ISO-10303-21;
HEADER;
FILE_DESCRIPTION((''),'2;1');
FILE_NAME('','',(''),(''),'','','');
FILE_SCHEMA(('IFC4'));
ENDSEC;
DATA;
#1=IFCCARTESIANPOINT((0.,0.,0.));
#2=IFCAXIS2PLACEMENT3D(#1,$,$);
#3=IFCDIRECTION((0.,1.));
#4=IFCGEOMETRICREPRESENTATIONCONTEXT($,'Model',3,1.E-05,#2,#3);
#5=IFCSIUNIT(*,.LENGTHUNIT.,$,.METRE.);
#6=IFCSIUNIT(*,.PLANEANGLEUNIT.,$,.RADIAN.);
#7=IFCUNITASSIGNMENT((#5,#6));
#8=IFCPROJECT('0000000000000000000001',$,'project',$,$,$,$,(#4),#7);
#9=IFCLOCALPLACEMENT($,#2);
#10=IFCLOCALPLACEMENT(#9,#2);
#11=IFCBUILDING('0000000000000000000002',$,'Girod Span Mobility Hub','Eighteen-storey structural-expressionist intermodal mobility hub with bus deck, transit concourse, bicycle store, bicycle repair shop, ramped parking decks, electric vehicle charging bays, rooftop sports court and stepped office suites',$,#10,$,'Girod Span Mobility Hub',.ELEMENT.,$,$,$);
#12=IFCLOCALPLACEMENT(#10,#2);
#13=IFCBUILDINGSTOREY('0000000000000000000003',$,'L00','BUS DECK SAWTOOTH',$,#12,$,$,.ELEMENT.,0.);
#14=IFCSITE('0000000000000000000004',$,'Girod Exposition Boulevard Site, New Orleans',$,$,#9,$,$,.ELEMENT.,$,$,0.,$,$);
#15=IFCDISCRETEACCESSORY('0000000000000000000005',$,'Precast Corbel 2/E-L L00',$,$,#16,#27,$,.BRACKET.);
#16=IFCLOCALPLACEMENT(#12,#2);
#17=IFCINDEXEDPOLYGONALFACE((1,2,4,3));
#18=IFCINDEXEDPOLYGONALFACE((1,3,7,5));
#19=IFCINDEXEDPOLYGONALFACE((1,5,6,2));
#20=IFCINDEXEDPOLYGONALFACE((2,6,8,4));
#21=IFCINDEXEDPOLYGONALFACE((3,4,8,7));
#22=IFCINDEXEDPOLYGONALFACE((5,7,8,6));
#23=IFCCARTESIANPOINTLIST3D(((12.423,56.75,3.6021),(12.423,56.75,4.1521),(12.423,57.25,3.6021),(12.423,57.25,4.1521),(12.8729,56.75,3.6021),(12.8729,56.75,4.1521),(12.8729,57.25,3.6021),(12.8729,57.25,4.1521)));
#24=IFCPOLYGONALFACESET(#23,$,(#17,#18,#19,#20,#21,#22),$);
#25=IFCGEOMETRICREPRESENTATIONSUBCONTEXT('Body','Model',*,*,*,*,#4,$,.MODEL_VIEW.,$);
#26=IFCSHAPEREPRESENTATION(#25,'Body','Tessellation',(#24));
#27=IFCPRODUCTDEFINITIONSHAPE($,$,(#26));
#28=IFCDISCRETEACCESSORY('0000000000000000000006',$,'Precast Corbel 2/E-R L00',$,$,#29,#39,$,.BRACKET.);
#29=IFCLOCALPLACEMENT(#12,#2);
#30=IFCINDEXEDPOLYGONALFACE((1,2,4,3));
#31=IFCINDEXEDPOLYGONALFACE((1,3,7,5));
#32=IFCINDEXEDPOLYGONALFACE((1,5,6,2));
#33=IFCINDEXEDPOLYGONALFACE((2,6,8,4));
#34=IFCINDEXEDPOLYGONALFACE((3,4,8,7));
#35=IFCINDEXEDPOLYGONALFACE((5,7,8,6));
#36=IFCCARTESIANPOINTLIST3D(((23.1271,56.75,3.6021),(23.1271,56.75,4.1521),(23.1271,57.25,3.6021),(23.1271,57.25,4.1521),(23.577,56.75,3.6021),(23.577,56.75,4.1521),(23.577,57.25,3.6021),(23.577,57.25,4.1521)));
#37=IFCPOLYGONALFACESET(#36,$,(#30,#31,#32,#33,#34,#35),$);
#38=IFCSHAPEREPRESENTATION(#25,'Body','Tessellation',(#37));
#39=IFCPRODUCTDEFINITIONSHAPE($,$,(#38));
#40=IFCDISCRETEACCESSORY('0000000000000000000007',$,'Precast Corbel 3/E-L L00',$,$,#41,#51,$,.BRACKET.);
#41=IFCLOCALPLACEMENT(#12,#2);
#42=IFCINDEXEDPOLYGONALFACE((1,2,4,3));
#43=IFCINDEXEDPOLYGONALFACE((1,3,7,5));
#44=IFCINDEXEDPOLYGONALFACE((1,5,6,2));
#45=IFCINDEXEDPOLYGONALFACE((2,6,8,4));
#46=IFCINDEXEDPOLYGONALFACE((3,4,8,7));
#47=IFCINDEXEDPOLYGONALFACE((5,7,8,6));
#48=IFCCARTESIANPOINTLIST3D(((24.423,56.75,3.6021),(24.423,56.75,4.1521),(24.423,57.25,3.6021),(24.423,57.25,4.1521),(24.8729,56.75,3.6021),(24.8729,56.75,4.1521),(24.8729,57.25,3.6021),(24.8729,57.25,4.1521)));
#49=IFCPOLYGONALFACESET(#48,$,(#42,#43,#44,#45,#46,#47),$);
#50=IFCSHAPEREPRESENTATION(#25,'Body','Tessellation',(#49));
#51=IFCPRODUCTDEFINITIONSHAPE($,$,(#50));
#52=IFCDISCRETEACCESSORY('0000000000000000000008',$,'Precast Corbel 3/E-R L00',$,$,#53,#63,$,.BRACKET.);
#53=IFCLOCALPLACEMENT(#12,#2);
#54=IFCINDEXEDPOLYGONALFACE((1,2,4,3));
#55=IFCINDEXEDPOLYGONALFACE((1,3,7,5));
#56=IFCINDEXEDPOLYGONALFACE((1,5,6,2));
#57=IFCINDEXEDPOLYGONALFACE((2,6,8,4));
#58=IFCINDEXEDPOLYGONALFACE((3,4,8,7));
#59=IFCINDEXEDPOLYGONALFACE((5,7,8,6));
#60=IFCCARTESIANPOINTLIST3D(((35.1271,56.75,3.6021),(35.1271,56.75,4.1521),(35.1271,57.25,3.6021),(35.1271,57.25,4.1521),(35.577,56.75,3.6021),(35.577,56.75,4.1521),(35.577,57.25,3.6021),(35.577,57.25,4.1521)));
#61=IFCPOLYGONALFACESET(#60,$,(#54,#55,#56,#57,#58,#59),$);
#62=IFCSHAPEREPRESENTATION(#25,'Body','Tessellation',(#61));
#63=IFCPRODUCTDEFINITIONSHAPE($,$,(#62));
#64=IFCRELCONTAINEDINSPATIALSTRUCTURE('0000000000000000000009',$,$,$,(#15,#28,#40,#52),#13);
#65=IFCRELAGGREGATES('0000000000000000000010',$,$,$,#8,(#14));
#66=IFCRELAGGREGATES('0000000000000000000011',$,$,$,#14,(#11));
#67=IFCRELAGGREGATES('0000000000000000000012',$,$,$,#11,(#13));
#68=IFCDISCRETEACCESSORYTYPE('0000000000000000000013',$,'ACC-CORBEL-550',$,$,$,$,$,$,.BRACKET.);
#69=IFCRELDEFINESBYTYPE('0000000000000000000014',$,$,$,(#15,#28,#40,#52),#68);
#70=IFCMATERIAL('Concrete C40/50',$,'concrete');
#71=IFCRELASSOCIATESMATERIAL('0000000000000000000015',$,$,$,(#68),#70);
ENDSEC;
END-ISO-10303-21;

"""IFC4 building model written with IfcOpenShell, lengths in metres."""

from ifc_helpers import new_model, si_unit, direction, frame, origin, origin_2d, place, context, subcontext, project, spatial, rectangle, extrude, material, type_object, element, save


model = new_model("IFC4")

# Units and contexts
model_context = context("Model", 3, precision=1e-05, world=origin(), true_north=direction((0.0, 1.0)))
body_context = subcontext(model_context, "Body", "Model", "MODEL_VIEW")
ifc_project = project(units=[si_unit("LENGTHUNIT", "METRE"), si_unit("PLANEANGLEUNIT", "RADIAN")], contexts=[model_context])

# Site, building, storey
site_placement = place(None, origin())
site = spatial("IfcSite", under=ifc_project, at=site_placement, Name="Girod Exposition Boulevard Site, New Orleans", CompositionType="ELEMENT", RefElevation=0.0)
building_placement = place(site_placement, origin())
building = spatial("IfcBuilding", under=site, at=building_placement, Name="Girod Span Mobility Hub", Description="Eighteen-storey structural-expressionist intermodal mobility hub with bus deck, transit concourse, bicycle store, bicycle repair shop, ramped parking decks, electric vehicle charging bays, rooftop sports court and stepped office suites", LongName="Girod Span Mobility Hub", CompositionType="ELEMENT")
storey_placement = place(building_placement, origin())
storey = spatial("IfcBuildingStorey", under=building, at=storey_placement, Name="L00", Description="BUS DECK SAWTOOTH", CompositionType="ELEMENT", Elevation=0.0)

# Discrete accessories
ifc_material_1 = material(Name="Concrete C40/50", Category="concrete")
discrete_accessory_type = type_object("IfcDiscreteAccessoryType", Name="ACC-CORBEL-550", PredefinedType="BRACKET", material=ifc_material_1)
for number, where, z_axis, x_axis, name in (
    (1, (12.6479, 57.0, 3.6021), (0.0, 0.0, 1.0), (1.0, 0.0, 0.0), "Precast Corbel 2/E-L L00"),
    (2, (23.3521, 57.0, 3.6021), (0.0, 0.0, 1.0), (1.0, 0.0, 0.0), "Precast Corbel 2/E-R L00"),
    (3, (24.6479, 57.0, 3.6021), (0.0, 0.0, 1.0), (1.0, 0.0, 0.0), "Precast Corbel 3/E-L L00"),
    (4, (35.3521, 57.0, 3.6021), (0.0, 0.0, 1.0), (1.0, 0.0, 0.0), "Precast Corbel 3/E-R L00"),
):
    element("IfcDiscreteAccessory", number, at=place(storey_placement, frame(where, z_axis=z_axis, x_axis=x_axis)), inside=storey, type_object=discrete_accessory_type, Name=name, PredefinedType="BRACKET", context=body_context, shape_type="SweptSolid", body=[
        extrude(rectangle(XDim=0.45, YDim=0.5, at=origin_2d()), origin(), (0.0, 0.0, 1.0), 0.55),
    ])

save(model, "model.ifc")
